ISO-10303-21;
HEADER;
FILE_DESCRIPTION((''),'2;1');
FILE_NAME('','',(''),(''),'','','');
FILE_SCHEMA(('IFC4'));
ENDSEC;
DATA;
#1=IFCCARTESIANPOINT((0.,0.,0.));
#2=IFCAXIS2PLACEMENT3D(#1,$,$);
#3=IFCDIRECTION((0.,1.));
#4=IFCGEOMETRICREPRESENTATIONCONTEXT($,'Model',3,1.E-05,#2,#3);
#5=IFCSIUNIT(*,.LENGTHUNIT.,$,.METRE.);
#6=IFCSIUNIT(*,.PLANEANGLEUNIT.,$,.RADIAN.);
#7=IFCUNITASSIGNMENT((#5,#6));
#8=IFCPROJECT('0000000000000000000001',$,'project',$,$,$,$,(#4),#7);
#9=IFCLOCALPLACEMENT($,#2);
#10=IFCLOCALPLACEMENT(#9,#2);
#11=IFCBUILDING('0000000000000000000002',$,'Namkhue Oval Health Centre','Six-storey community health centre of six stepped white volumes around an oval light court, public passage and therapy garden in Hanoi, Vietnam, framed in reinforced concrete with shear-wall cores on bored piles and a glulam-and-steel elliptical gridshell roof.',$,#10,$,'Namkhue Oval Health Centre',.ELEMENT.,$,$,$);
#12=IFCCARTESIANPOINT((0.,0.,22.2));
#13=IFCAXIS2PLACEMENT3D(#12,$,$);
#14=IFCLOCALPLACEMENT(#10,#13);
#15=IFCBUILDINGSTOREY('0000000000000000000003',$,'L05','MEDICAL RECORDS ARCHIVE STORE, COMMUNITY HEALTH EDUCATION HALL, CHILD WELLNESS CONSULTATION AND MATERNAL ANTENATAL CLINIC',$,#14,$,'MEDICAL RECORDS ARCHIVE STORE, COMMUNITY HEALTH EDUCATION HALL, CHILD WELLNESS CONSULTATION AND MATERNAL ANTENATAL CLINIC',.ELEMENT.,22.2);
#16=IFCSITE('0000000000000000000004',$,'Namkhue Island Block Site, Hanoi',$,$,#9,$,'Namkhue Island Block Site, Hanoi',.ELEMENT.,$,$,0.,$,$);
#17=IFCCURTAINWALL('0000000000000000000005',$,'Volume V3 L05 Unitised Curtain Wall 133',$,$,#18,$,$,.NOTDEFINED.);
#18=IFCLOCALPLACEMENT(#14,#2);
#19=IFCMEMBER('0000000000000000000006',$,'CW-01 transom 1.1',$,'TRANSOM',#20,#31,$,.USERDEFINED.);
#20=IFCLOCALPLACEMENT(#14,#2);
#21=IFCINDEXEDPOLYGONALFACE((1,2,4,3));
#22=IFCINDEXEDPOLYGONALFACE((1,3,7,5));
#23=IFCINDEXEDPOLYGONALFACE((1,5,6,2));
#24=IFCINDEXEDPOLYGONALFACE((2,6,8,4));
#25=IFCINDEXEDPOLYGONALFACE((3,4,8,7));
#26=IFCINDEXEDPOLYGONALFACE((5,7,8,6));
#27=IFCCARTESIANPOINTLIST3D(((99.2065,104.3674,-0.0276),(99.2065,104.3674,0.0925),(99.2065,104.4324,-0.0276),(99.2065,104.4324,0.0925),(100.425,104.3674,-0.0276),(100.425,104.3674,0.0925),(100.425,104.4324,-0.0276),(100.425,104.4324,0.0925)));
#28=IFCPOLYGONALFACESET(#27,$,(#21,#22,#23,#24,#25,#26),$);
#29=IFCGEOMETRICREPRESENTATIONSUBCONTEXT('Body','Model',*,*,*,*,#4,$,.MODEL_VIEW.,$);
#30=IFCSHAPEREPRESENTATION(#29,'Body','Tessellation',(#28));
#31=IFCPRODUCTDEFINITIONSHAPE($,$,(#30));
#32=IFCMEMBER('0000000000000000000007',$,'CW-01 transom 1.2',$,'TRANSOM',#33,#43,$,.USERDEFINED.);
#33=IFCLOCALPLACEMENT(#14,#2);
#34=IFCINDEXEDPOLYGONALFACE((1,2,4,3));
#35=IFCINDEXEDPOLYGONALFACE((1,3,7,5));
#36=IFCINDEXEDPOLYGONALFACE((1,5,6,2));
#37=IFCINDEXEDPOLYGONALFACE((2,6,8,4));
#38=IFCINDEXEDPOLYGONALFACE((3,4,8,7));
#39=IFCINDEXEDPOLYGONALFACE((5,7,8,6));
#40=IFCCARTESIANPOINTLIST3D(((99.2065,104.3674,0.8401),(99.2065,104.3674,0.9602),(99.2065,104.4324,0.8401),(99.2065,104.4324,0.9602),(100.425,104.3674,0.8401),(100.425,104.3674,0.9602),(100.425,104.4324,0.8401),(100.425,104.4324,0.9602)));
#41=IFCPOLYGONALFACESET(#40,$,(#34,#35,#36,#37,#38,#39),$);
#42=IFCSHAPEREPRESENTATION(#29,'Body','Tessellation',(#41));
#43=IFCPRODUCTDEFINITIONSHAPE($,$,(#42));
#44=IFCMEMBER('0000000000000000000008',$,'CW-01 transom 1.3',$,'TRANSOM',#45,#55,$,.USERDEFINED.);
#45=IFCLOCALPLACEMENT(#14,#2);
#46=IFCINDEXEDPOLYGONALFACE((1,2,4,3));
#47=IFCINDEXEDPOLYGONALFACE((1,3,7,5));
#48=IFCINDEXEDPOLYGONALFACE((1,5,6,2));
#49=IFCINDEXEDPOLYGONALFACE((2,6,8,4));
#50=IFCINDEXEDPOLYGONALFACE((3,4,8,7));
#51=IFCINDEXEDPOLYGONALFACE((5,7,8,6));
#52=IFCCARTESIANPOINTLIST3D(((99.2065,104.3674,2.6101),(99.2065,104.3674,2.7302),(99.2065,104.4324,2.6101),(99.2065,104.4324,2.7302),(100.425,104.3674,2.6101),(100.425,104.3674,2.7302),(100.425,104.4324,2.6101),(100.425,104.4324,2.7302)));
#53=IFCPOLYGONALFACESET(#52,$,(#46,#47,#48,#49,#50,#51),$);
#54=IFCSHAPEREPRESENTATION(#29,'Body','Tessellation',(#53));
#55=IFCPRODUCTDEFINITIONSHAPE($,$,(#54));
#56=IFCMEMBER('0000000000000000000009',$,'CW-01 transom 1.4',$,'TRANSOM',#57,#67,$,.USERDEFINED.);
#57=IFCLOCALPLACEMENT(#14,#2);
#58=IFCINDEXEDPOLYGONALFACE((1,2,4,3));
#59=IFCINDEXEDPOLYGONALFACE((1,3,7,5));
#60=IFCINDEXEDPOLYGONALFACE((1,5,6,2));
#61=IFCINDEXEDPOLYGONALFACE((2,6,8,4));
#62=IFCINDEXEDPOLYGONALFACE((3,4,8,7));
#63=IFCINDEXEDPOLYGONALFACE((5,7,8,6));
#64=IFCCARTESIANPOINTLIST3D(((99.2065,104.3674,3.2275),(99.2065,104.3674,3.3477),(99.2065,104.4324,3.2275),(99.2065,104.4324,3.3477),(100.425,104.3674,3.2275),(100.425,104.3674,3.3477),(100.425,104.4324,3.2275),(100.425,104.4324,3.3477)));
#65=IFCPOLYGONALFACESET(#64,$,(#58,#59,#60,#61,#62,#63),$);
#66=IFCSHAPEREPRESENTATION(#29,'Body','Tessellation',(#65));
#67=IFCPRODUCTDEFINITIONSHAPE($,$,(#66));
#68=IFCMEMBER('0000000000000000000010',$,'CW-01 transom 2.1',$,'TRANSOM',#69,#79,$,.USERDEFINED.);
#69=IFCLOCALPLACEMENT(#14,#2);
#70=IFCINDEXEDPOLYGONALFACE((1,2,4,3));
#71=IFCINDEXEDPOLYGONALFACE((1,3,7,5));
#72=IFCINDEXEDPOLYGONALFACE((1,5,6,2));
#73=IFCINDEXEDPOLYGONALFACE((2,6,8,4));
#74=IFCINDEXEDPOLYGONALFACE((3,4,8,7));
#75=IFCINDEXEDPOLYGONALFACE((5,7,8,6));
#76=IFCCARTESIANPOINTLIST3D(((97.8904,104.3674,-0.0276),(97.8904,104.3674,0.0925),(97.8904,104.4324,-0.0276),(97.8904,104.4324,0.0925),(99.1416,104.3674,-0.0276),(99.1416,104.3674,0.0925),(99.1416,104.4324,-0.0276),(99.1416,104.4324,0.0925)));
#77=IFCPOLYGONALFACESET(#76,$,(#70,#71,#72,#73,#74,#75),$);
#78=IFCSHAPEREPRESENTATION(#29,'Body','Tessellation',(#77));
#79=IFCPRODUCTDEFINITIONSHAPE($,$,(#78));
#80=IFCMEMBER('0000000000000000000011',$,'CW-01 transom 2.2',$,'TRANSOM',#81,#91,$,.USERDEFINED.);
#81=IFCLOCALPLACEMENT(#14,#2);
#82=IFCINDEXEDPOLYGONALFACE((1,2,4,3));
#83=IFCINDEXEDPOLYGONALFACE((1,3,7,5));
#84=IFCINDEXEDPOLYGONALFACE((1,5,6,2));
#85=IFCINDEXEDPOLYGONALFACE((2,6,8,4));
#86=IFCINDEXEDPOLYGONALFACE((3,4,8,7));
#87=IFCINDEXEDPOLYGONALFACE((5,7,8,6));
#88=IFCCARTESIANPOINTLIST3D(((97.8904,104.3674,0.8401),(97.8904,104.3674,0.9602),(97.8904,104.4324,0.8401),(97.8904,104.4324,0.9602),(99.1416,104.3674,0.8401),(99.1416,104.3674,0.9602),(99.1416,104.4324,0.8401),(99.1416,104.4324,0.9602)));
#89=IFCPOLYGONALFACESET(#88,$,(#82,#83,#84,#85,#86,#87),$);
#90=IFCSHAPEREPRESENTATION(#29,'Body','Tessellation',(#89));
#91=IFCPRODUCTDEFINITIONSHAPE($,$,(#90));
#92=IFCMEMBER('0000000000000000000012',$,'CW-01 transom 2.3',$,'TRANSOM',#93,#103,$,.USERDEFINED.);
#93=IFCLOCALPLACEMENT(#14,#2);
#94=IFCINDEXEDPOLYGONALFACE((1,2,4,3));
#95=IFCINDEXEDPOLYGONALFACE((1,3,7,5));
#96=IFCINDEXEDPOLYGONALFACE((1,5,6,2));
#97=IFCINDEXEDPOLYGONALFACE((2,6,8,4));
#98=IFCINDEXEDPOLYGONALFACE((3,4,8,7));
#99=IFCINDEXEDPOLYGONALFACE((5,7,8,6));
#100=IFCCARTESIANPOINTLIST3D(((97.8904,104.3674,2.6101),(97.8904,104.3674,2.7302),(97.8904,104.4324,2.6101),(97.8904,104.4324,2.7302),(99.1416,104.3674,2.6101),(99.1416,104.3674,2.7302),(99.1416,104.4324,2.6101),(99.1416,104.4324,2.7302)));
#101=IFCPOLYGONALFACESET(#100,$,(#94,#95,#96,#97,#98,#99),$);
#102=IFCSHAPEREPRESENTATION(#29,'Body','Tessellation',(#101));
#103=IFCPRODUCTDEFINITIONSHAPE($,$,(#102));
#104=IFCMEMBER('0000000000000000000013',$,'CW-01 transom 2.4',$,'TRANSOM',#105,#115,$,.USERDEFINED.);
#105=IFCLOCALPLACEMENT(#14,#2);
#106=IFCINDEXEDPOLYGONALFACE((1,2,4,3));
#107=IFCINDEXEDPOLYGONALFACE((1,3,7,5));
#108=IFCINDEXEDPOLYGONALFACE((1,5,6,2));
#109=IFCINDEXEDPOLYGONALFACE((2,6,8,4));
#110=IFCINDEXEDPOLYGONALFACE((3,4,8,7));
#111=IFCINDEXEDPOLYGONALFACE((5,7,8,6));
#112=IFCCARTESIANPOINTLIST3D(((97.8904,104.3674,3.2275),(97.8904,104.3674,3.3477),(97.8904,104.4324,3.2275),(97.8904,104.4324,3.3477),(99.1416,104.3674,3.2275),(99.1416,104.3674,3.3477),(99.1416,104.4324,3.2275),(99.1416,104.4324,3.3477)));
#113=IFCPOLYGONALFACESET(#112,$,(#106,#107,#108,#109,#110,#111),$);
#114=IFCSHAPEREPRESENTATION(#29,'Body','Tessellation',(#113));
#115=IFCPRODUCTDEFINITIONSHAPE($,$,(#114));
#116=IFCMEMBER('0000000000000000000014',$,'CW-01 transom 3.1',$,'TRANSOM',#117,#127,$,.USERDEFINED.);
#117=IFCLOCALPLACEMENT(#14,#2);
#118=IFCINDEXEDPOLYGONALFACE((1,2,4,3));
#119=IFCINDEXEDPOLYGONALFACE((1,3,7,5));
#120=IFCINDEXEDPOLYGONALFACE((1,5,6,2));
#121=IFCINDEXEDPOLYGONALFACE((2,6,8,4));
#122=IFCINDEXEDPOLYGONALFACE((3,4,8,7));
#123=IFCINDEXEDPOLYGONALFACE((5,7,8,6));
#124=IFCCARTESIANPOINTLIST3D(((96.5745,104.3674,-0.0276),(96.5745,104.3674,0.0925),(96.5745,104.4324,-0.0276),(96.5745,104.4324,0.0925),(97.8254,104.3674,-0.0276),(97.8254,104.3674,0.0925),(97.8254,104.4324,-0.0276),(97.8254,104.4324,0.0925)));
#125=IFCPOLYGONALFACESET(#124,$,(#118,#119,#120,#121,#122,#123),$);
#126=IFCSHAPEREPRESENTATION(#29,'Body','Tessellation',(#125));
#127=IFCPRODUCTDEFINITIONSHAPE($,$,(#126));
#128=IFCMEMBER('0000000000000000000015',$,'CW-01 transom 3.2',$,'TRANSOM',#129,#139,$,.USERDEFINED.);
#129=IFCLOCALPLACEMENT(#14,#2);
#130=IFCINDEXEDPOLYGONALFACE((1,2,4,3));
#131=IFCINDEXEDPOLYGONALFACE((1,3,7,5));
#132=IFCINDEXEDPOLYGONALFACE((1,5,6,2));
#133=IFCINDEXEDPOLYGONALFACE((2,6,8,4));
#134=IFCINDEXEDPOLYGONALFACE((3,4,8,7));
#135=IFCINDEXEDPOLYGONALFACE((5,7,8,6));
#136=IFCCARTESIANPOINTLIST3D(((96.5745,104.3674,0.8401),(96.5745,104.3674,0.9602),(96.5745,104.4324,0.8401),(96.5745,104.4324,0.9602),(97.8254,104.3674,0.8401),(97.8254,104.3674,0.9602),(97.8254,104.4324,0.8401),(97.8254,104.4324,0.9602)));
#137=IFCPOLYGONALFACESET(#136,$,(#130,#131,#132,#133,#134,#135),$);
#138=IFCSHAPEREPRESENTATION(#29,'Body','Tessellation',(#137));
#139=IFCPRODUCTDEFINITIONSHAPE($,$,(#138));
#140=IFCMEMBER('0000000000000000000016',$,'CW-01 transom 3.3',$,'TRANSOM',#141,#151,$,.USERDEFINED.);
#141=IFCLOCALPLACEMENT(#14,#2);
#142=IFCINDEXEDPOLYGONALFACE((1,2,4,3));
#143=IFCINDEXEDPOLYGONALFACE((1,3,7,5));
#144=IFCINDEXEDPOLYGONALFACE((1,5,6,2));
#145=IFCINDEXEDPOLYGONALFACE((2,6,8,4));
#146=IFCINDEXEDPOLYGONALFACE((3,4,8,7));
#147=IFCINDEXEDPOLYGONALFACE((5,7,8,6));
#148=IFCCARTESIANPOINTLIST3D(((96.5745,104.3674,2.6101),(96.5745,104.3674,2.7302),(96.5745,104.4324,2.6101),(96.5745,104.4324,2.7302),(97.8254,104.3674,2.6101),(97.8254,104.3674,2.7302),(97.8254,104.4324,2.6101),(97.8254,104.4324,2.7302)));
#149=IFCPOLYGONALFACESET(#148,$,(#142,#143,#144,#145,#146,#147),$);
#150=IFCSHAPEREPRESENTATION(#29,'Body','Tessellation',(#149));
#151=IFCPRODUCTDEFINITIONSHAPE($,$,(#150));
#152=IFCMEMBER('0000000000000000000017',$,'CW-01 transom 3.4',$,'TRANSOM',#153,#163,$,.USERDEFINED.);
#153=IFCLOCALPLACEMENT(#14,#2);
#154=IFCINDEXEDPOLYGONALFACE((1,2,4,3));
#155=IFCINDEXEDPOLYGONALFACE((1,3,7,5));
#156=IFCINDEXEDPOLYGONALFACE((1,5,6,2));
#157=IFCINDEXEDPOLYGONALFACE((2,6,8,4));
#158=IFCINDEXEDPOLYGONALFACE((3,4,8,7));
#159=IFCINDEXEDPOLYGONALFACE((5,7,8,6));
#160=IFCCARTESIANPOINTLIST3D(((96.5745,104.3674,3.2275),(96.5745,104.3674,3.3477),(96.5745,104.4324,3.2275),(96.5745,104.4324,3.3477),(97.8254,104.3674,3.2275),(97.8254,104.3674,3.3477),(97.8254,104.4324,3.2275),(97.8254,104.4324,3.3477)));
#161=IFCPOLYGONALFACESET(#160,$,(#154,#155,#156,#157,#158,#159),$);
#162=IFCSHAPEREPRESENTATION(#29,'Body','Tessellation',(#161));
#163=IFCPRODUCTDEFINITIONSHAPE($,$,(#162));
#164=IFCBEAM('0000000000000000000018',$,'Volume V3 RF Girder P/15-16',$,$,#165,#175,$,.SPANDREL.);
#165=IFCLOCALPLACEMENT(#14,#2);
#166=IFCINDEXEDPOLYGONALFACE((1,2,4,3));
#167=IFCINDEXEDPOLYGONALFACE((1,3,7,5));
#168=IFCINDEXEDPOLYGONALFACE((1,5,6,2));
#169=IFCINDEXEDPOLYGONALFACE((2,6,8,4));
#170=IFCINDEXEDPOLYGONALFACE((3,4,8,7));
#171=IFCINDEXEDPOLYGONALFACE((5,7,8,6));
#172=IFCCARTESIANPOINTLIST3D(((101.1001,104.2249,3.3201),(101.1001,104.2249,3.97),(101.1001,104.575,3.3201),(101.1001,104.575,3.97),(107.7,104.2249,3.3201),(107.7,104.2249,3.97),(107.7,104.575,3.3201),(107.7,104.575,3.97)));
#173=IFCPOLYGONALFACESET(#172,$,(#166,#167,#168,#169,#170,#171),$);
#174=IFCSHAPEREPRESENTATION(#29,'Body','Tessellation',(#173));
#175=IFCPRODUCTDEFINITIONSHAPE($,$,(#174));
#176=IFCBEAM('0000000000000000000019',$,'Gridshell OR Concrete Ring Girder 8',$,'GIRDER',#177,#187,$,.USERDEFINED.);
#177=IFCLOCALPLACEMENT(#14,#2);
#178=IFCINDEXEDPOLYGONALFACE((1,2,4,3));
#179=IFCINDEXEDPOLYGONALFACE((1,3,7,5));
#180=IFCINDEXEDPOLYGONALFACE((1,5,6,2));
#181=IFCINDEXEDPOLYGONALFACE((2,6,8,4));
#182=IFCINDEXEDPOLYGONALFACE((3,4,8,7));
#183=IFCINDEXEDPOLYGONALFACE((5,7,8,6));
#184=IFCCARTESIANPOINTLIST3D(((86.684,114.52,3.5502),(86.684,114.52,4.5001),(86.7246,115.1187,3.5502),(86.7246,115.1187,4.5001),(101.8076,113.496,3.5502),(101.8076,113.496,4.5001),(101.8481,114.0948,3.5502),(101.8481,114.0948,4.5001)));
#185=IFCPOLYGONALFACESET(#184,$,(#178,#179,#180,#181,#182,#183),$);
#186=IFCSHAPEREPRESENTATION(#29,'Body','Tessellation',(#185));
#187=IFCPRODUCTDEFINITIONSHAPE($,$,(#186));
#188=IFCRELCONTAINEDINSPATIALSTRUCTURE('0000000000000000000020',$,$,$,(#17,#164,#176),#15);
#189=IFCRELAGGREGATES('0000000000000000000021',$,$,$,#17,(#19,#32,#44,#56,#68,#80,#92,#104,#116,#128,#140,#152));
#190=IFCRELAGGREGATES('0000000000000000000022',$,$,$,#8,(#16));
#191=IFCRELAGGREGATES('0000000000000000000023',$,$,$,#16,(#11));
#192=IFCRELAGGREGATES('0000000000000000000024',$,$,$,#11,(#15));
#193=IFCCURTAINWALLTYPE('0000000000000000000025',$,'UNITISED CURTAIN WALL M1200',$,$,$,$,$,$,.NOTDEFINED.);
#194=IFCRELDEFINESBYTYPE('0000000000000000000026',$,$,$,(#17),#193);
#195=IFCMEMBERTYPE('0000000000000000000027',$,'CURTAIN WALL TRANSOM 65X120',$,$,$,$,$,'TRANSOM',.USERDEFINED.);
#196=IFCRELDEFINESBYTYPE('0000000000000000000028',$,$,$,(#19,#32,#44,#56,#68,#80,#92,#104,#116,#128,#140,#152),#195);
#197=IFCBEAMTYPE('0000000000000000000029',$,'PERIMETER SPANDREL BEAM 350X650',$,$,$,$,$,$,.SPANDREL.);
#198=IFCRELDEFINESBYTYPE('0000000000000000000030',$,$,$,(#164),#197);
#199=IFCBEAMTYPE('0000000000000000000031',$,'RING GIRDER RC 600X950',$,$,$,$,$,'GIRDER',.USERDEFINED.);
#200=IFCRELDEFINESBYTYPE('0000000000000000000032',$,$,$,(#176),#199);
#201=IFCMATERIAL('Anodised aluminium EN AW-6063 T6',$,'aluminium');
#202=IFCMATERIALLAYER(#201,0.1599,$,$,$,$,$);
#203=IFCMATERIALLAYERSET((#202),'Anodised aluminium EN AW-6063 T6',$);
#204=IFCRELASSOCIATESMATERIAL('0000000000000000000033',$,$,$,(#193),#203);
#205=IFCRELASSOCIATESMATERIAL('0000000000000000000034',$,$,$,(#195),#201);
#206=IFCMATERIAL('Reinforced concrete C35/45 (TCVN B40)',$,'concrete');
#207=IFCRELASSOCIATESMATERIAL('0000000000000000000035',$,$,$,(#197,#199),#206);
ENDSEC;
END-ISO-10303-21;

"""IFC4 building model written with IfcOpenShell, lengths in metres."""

from ifc_helpers import new_model, si_unit, direction, frame, origin, origin_2d, place, context, subcontext, project, spatial, rectangle, extrude, material, layer, layer_set, material_profile, profile_set, type_object, element, aggregate, save


model = new_model("IFC4")

# Units and contexts
model_context = context("Model", 3, precision=1e-05, world=origin(), true_north=direction((0.0, 1.0)))
body_context = subcontext(model_context, "Body", "Model", "MODEL_VIEW")
ifc_project = project(units=[si_unit("LENGTHUNIT", "METRE"), si_unit("PLANEANGLEUNIT", "RADIAN")], contexts=[model_context])

# Site, building, storey
site_placement = place(None, origin())
site = spatial("IfcSite", under=ifc_project, at=site_placement, Name="Namkhue Island Block Site, Hanoi", LongName="Namkhue Island Block Site, Hanoi", CompositionType="ELEMENT", RefElevation=0.0)
building_placement = place(site_placement, origin())
building = spatial("IfcBuilding", under=site, at=building_placement, Name="Namkhue Oval Health Centre", Description="Six-storey community health centre of six stepped white volumes around an oval light court, public passage and therapy garden in Hanoi, Vietnam, framed in reinforced concrete with shear-wall cores on bored piles and a glulam-and-steel elliptical gridshell roof.", LongName="Namkhue Oval Health Centre", CompositionType="ELEMENT")
storey_placement = place(building_placement, frame((0.0, 0.0, 22.2)))
storey = spatial("IfcBuildingStorey", under=building, at=storey_placement, Name="L05", Description="MEDICAL RECORDS ARCHIVE STORE, COMMUNITY HEALTH EDUCATION HALL, CHILD WELLNESS CONSULTATION AND MATERNAL ANTENATAL CLINIC", LongName="MEDICAL RECORDS ARCHIVE STORE, COMMUNITY HEALTH EDUCATION HALL, CHILD WELLNESS CONSULTATION AND MATERNAL ANTENATAL CLINIC", CompositionType="ELEMENT", Elevation=22.2)

# Shared definitions
ifc_material_1 = material(Name="Reinforced concrete C35/45 (TCVN B40)", Category="concrete")

# Curtain wall
ifc_material_2 = material(Name="Anodised aluminium EN AW-6063 T6", Category="aluminium")
ifc_layer_1 = layer(ifc_material_2, 0.1599)
ifc_layer_set_1 = layer_set([ifc_layer_1], Name="Anodised aluminium EN AW-6063 T6")
curtain_wall_type_1 = type_object("IfcCurtainWallType", Name="UNITISED CURTAIN WALL M1200", PredefinedType="NOTDEFINED", material=ifc_layer_set_1)
curtain_wall_1_placement = place(storey_placement, origin())
curtain_wall_1 = element("IfcCurtainWall", 1, at=curtain_wall_1_placement, inside=storey, type_object=curtain_wall_type_1, Name="Volume V3 L05 Unitised Curtain Wall 133", PredefinedType="NOTDEFINED")

# Members
ifc_material_profile_1 = material_profile(ifc_material_2, rectangle(XDim=0.0649, YDim=0.1201, at=origin_2d()), Name="ALU 65x120")
ifc_profile_set_1 = profile_set([ifc_material_profile_1], Name="Anodised aluminium EN AW-6063 T6")
member_type_1 = type_object("IfcMemberType", Name="CURTAIN WALL TRANSOM 65X120", ElementType="TRANSOM", PredefinedType="USERDEFINED", material=ifc_profile_set_1)
member_1_placement = place(storey_placement, frame((100.425, 104.3999, 0.0325), z_axis=(-1.0, 0.0, 0.0), x_axis=(0.0, -1.0, 0.0)))
member_1 = element("IfcMember", 2, at=member_1_placement, type_object=member_type_1, Name="CW-01 transom 1.1", ObjectType="TRANSOM", PredefinedType="USERDEFINED", context=body_context, shape_type="SweptSolid", body=[
    extrude(rectangle(XDim=0.0649, YDim=0.1201, at=origin_2d()), origin(), (0.0, 0.0, 1.0), 1.2185),
])
member_2_placement = place(storey_placement, frame((100.425, 104.3999, 0.9001), z_axis=(-1.0, 0.0, 0.0), x_axis=(0.0, -1.0, 0.0)))
member_2 = element("IfcMember", 3, at=member_2_placement, type_object=member_type_1, Name="CW-01 transom 1.2", ObjectType="TRANSOM", PredefinedType="USERDEFINED", context=body_context, shape_type="SweptSolid", body=[
    extrude(rectangle(XDim=0.0649, YDim=0.1201, at=origin_2d()), origin(), (0.0, 0.0, 1.0), 1.2185),
])
member_3_placement = place(storey_placement, frame((100.425, 104.3999, 2.6702), z_axis=(-1.0, 0.0, 0.0), x_axis=(0.0, -1.0, 0.0)))
member_3 = element("IfcMember", 4, at=member_3_placement, type_object=member_type_1, Name="CW-01 transom 1.3", ObjectType="TRANSOM", PredefinedType="USERDEFINED", context=body_context, shape_type="SweptSolid", body=[
    extrude(rectangle(XDim=0.0649, YDim=0.1201, at=origin_2d()), origin(), (0.0, 0.0, 1.0), 1.2185),
])
member_4_placement = place(storey_placement, frame((100.425, 104.3999, 3.2876), z_axis=(-1.0, 0.0, 0.0), x_axis=(0.0, -1.0, 0.0)))
member_4 = element("IfcMember", 5, at=member_4_placement, type_object=member_type_1, Name="CW-01 transom 1.4", ObjectType="TRANSOM", PredefinedType="USERDEFINED", context=body_context, shape_type="SweptSolid", body=[
    extrude(rectangle(XDim=0.0649, YDim=0.1201, at=origin_2d()), origin(), (0.0, 0.0, 1.0), 1.2185),
])
member_5_placement = place(storey_placement, frame((99.1416, 104.3999, 0.0325), z_axis=(-1.0, 0.0, 0.0), x_axis=(0.0, -1.0, 0.0)))
member_5 = element("IfcMember", 6, at=member_5_placement, type_object=member_type_1, Name="CW-01 transom 2.1", ObjectType="TRANSOM", PredefinedType="USERDEFINED", context=body_context, shape_type="SweptSolid", body=[
    extrude(rectangle(XDim=0.0649, YDim=0.1201, at=origin_2d()), origin(), (0.0, 0.0, 1.0), 1.2512),
])
member_6_placement = place(storey_placement, frame((99.1416, 104.3999, 0.9001), z_axis=(-1.0, 0.0, 0.0), x_axis=(0.0, -1.0, 0.0)))
member_6 = element("IfcMember", 7, at=member_6_placement, type_object=member_type_1, Name="CW-01 transom 2.2", ObjectType="TRANSOM", PredefinedType="USERDEFINED", context=body_context, shape_type="SweptSolid", body=[
    extrude(rectangle(XDim=0.0649, YDim=0.1201, at=origin_2d()), origin(), (0.0, 0.0, 1.0), 1.2512),
])
member_7_placement = place(storey_placement, frame((99.1416, 104.3999, 2.6702), z_axis=(-1.0, 0.0, 0.0), x_axis=(0.0, -1.0, 0.0)))
member_7 = element("IfcMember", 8, at=member_7_placement, type_object=member_type_1, Name="CW-01 transom 2.3", ObjectType="TRANSOM", PredefinedType="USERDEFINED", context=body_context, shape_type="SweptSolid", body=[
    extrude(rectangle(XDim=0.0649, YDim=0.1201, at=origin_2d()), origin(), (0.0, 0.0, 1.0), 1.2512),
])
member_8_placement = place(storey_placement, frame((99.1416, 104.3999, 3.2876), z_axis=(-1.0, 0.0, 0.0), x_axis=(0.0, -1.0, 0.0)))
member_8 = element("IfcMember", 9, at=member_8_placement, type_object=member_type_1, Name="CW-01 transom 2.4", ObjectType="TRANSOM", PredefinedType="USERDEFINED", context=body_context, shape_type="SweptSolid", body=[
    extrude(rectangle(XDim=0.0649, YDim=0.1201, at=origin_2d()), origin(), (0.0, 0.0, 1.0), 1.2512),
])
member_9_placement = place(storey_placement, frame((97.8254, 104.3999, 0.0325), z_axis=(-1.0, 0.0, 0.0), x_axis=(0.0, -1.0, 0.0)))
member_9 = element("IfcMember", 10, at=member_9_placement, type_object=member_type_1, Name="CW-01 transom 3.1", ObjectType="TRANSOM", PredefinedType="USERDEFINED", context=body_context, shape_type="SweptSolid", body=[
    extrude(rectangle(XDim=0.0649, YDim=0.1201, at=origin_2d()), origin(), (0.0, 0.0, 1.0), 1.251),
])
member_10_placement = place(storey_placement, frame((97.8254, 104.3999, 0.9001), z_axis=(-1.0, 0.0, 0.0), x_axis=(0.0, -1.0, 0.0)))
member_10 = element("IfcMember", 11, at=member_10_placement, type_object=member_type_1, Name="CW-01 transom 3.2", ObjectType="TRANSOM", PredefinedType="USERDEFINED", context=body_context, shape_type="SweptSolid", body=[
    extrude(rectangle(XDim=0.0649, YDim=0.1201, at=origin_2d()), origin(), (0.0, 0.0, 1.0), 1.251),
])
member_11_placement = place(storey_placement, frame((97.8254, 104.3999, 2.6702), z_axis=(-1.0, 0.0, 0.0), x_axis=(0.0, -1.0, 0.0)))
member_11 = element("IfcMember", 12, at=member_11_placement, type_object=member_type_1, Name="CW-01 transom 3.3", ObjectType="TRANSOM", PredefinedType="USERDEFINED", context=body_context, shape_type="SweptSolid", body=[
    extrude(rectangle(XDim=0.0649, YDim=0.1201, at=origin_2d()), origin(), (0.0, 0.0, 1.0), 1.251),
])
member_12_placement = place(storey_placement, frame((97.8254, 104.3999, 3.2876), z_axis=(-1.0, 0.0, 0.0), x_axis=(0.0, -1.0, 0.0)))
member_12 = element("IfcMember", 13, at=member_12_placement, type_object=member_type_1, Name="CW-01 transom 3.4", ObjectType="TRANSOM", PredefinedType="USERDEFINED", context=body_context, shape_type="SweptSolid", body=[
    extrude(rectangle(XDim=0.0649, YDim=0.1201, at=origin_2d()), origin(), (0.0, 0.0, 1.0), 1.251),
])

# Beams
ifc_material_profile_2 = material_profile(ifc_material_1, rectangle(XDim=0.3501, YDim=0.6499, at=origin_2d()), Name="RC 350x650")
ifc_profile_set_2 = profile_set([ifc_material_profile_2], Name="Reinforced concrete C35/45 (TCVN B40)")
beam_type_1 = type_object("IfcBeamType", Name="PERIMETER SPANDREL BEAM 350X650", PredefinedType="SPANDREL", material=ifc_profile_set_2)
beam_1_placement = place(storey_placement, frame((101.1001, 104.3999, 3.645), z_axis=(1.0, 0.0, 0.0), x_axis=(0.0, 1.0, 0.0)))
element("IfcBeam", 14, at=beam_1_placement, inside=storey, type_object=beam_type_1, Name="Volume V3 RF Girder P/15-16", PredefinedType="SPANDREL", context=body_context, shape_type="SweptSolid", body=[
    extrude(rectangle(XDim=0.3501, YDim=0.6499, at=origin_2d()), origin(), (0.0, 0.0, 1.0), 6.5999),
])
ifc_material_profile_3 = material_profile(ifc_material_1, rectangle(XDim=0.6001, YDim=0.95, at=origin_2d()), Name="RC 600x950")
ifc_profile_set_3 = profile_set([ifc_material_profile_3], Name="Reinforced concrete C35/45 (TCVN B40)")
beam_type_2 = type_object("IfcBeamType", Name="RING GIRDER RC 600X950", ElementType="GIRDER", PredefinedType="USERDEFINED", material=ifc_profile_set_3)
beam_2_placement = place(storey_placement, frame((101.8279, 113.7954, 4.0251), z_axis=(-0.997716, 0.067549, 0.0), x_axis=(-0.067549, -0.997716, 0.0)))
element("IfcBeam", 15, at=beam_2_placement, inside=storey, type_object=beam_type_2, Name="Gridshell OR Concrete Ring Girder 8", ObjectType="GIRDER", PredefinedType="USERDEFINED", context=body_context, shape_type="SweptSolid", body=[
    extrude(rectangle(XDim=0.6001, YDim=0.95, at=origin_2d()), origin(), (0.0, 0.0, 1.0), 15.1582),
])

aggregate(curtain_wall_1, [member_1, member_2, member_3, member_4, member_5, member_6, member_7, member_8, member_9, member_10, member_11, member_12])

save(model, "model.ifc")
